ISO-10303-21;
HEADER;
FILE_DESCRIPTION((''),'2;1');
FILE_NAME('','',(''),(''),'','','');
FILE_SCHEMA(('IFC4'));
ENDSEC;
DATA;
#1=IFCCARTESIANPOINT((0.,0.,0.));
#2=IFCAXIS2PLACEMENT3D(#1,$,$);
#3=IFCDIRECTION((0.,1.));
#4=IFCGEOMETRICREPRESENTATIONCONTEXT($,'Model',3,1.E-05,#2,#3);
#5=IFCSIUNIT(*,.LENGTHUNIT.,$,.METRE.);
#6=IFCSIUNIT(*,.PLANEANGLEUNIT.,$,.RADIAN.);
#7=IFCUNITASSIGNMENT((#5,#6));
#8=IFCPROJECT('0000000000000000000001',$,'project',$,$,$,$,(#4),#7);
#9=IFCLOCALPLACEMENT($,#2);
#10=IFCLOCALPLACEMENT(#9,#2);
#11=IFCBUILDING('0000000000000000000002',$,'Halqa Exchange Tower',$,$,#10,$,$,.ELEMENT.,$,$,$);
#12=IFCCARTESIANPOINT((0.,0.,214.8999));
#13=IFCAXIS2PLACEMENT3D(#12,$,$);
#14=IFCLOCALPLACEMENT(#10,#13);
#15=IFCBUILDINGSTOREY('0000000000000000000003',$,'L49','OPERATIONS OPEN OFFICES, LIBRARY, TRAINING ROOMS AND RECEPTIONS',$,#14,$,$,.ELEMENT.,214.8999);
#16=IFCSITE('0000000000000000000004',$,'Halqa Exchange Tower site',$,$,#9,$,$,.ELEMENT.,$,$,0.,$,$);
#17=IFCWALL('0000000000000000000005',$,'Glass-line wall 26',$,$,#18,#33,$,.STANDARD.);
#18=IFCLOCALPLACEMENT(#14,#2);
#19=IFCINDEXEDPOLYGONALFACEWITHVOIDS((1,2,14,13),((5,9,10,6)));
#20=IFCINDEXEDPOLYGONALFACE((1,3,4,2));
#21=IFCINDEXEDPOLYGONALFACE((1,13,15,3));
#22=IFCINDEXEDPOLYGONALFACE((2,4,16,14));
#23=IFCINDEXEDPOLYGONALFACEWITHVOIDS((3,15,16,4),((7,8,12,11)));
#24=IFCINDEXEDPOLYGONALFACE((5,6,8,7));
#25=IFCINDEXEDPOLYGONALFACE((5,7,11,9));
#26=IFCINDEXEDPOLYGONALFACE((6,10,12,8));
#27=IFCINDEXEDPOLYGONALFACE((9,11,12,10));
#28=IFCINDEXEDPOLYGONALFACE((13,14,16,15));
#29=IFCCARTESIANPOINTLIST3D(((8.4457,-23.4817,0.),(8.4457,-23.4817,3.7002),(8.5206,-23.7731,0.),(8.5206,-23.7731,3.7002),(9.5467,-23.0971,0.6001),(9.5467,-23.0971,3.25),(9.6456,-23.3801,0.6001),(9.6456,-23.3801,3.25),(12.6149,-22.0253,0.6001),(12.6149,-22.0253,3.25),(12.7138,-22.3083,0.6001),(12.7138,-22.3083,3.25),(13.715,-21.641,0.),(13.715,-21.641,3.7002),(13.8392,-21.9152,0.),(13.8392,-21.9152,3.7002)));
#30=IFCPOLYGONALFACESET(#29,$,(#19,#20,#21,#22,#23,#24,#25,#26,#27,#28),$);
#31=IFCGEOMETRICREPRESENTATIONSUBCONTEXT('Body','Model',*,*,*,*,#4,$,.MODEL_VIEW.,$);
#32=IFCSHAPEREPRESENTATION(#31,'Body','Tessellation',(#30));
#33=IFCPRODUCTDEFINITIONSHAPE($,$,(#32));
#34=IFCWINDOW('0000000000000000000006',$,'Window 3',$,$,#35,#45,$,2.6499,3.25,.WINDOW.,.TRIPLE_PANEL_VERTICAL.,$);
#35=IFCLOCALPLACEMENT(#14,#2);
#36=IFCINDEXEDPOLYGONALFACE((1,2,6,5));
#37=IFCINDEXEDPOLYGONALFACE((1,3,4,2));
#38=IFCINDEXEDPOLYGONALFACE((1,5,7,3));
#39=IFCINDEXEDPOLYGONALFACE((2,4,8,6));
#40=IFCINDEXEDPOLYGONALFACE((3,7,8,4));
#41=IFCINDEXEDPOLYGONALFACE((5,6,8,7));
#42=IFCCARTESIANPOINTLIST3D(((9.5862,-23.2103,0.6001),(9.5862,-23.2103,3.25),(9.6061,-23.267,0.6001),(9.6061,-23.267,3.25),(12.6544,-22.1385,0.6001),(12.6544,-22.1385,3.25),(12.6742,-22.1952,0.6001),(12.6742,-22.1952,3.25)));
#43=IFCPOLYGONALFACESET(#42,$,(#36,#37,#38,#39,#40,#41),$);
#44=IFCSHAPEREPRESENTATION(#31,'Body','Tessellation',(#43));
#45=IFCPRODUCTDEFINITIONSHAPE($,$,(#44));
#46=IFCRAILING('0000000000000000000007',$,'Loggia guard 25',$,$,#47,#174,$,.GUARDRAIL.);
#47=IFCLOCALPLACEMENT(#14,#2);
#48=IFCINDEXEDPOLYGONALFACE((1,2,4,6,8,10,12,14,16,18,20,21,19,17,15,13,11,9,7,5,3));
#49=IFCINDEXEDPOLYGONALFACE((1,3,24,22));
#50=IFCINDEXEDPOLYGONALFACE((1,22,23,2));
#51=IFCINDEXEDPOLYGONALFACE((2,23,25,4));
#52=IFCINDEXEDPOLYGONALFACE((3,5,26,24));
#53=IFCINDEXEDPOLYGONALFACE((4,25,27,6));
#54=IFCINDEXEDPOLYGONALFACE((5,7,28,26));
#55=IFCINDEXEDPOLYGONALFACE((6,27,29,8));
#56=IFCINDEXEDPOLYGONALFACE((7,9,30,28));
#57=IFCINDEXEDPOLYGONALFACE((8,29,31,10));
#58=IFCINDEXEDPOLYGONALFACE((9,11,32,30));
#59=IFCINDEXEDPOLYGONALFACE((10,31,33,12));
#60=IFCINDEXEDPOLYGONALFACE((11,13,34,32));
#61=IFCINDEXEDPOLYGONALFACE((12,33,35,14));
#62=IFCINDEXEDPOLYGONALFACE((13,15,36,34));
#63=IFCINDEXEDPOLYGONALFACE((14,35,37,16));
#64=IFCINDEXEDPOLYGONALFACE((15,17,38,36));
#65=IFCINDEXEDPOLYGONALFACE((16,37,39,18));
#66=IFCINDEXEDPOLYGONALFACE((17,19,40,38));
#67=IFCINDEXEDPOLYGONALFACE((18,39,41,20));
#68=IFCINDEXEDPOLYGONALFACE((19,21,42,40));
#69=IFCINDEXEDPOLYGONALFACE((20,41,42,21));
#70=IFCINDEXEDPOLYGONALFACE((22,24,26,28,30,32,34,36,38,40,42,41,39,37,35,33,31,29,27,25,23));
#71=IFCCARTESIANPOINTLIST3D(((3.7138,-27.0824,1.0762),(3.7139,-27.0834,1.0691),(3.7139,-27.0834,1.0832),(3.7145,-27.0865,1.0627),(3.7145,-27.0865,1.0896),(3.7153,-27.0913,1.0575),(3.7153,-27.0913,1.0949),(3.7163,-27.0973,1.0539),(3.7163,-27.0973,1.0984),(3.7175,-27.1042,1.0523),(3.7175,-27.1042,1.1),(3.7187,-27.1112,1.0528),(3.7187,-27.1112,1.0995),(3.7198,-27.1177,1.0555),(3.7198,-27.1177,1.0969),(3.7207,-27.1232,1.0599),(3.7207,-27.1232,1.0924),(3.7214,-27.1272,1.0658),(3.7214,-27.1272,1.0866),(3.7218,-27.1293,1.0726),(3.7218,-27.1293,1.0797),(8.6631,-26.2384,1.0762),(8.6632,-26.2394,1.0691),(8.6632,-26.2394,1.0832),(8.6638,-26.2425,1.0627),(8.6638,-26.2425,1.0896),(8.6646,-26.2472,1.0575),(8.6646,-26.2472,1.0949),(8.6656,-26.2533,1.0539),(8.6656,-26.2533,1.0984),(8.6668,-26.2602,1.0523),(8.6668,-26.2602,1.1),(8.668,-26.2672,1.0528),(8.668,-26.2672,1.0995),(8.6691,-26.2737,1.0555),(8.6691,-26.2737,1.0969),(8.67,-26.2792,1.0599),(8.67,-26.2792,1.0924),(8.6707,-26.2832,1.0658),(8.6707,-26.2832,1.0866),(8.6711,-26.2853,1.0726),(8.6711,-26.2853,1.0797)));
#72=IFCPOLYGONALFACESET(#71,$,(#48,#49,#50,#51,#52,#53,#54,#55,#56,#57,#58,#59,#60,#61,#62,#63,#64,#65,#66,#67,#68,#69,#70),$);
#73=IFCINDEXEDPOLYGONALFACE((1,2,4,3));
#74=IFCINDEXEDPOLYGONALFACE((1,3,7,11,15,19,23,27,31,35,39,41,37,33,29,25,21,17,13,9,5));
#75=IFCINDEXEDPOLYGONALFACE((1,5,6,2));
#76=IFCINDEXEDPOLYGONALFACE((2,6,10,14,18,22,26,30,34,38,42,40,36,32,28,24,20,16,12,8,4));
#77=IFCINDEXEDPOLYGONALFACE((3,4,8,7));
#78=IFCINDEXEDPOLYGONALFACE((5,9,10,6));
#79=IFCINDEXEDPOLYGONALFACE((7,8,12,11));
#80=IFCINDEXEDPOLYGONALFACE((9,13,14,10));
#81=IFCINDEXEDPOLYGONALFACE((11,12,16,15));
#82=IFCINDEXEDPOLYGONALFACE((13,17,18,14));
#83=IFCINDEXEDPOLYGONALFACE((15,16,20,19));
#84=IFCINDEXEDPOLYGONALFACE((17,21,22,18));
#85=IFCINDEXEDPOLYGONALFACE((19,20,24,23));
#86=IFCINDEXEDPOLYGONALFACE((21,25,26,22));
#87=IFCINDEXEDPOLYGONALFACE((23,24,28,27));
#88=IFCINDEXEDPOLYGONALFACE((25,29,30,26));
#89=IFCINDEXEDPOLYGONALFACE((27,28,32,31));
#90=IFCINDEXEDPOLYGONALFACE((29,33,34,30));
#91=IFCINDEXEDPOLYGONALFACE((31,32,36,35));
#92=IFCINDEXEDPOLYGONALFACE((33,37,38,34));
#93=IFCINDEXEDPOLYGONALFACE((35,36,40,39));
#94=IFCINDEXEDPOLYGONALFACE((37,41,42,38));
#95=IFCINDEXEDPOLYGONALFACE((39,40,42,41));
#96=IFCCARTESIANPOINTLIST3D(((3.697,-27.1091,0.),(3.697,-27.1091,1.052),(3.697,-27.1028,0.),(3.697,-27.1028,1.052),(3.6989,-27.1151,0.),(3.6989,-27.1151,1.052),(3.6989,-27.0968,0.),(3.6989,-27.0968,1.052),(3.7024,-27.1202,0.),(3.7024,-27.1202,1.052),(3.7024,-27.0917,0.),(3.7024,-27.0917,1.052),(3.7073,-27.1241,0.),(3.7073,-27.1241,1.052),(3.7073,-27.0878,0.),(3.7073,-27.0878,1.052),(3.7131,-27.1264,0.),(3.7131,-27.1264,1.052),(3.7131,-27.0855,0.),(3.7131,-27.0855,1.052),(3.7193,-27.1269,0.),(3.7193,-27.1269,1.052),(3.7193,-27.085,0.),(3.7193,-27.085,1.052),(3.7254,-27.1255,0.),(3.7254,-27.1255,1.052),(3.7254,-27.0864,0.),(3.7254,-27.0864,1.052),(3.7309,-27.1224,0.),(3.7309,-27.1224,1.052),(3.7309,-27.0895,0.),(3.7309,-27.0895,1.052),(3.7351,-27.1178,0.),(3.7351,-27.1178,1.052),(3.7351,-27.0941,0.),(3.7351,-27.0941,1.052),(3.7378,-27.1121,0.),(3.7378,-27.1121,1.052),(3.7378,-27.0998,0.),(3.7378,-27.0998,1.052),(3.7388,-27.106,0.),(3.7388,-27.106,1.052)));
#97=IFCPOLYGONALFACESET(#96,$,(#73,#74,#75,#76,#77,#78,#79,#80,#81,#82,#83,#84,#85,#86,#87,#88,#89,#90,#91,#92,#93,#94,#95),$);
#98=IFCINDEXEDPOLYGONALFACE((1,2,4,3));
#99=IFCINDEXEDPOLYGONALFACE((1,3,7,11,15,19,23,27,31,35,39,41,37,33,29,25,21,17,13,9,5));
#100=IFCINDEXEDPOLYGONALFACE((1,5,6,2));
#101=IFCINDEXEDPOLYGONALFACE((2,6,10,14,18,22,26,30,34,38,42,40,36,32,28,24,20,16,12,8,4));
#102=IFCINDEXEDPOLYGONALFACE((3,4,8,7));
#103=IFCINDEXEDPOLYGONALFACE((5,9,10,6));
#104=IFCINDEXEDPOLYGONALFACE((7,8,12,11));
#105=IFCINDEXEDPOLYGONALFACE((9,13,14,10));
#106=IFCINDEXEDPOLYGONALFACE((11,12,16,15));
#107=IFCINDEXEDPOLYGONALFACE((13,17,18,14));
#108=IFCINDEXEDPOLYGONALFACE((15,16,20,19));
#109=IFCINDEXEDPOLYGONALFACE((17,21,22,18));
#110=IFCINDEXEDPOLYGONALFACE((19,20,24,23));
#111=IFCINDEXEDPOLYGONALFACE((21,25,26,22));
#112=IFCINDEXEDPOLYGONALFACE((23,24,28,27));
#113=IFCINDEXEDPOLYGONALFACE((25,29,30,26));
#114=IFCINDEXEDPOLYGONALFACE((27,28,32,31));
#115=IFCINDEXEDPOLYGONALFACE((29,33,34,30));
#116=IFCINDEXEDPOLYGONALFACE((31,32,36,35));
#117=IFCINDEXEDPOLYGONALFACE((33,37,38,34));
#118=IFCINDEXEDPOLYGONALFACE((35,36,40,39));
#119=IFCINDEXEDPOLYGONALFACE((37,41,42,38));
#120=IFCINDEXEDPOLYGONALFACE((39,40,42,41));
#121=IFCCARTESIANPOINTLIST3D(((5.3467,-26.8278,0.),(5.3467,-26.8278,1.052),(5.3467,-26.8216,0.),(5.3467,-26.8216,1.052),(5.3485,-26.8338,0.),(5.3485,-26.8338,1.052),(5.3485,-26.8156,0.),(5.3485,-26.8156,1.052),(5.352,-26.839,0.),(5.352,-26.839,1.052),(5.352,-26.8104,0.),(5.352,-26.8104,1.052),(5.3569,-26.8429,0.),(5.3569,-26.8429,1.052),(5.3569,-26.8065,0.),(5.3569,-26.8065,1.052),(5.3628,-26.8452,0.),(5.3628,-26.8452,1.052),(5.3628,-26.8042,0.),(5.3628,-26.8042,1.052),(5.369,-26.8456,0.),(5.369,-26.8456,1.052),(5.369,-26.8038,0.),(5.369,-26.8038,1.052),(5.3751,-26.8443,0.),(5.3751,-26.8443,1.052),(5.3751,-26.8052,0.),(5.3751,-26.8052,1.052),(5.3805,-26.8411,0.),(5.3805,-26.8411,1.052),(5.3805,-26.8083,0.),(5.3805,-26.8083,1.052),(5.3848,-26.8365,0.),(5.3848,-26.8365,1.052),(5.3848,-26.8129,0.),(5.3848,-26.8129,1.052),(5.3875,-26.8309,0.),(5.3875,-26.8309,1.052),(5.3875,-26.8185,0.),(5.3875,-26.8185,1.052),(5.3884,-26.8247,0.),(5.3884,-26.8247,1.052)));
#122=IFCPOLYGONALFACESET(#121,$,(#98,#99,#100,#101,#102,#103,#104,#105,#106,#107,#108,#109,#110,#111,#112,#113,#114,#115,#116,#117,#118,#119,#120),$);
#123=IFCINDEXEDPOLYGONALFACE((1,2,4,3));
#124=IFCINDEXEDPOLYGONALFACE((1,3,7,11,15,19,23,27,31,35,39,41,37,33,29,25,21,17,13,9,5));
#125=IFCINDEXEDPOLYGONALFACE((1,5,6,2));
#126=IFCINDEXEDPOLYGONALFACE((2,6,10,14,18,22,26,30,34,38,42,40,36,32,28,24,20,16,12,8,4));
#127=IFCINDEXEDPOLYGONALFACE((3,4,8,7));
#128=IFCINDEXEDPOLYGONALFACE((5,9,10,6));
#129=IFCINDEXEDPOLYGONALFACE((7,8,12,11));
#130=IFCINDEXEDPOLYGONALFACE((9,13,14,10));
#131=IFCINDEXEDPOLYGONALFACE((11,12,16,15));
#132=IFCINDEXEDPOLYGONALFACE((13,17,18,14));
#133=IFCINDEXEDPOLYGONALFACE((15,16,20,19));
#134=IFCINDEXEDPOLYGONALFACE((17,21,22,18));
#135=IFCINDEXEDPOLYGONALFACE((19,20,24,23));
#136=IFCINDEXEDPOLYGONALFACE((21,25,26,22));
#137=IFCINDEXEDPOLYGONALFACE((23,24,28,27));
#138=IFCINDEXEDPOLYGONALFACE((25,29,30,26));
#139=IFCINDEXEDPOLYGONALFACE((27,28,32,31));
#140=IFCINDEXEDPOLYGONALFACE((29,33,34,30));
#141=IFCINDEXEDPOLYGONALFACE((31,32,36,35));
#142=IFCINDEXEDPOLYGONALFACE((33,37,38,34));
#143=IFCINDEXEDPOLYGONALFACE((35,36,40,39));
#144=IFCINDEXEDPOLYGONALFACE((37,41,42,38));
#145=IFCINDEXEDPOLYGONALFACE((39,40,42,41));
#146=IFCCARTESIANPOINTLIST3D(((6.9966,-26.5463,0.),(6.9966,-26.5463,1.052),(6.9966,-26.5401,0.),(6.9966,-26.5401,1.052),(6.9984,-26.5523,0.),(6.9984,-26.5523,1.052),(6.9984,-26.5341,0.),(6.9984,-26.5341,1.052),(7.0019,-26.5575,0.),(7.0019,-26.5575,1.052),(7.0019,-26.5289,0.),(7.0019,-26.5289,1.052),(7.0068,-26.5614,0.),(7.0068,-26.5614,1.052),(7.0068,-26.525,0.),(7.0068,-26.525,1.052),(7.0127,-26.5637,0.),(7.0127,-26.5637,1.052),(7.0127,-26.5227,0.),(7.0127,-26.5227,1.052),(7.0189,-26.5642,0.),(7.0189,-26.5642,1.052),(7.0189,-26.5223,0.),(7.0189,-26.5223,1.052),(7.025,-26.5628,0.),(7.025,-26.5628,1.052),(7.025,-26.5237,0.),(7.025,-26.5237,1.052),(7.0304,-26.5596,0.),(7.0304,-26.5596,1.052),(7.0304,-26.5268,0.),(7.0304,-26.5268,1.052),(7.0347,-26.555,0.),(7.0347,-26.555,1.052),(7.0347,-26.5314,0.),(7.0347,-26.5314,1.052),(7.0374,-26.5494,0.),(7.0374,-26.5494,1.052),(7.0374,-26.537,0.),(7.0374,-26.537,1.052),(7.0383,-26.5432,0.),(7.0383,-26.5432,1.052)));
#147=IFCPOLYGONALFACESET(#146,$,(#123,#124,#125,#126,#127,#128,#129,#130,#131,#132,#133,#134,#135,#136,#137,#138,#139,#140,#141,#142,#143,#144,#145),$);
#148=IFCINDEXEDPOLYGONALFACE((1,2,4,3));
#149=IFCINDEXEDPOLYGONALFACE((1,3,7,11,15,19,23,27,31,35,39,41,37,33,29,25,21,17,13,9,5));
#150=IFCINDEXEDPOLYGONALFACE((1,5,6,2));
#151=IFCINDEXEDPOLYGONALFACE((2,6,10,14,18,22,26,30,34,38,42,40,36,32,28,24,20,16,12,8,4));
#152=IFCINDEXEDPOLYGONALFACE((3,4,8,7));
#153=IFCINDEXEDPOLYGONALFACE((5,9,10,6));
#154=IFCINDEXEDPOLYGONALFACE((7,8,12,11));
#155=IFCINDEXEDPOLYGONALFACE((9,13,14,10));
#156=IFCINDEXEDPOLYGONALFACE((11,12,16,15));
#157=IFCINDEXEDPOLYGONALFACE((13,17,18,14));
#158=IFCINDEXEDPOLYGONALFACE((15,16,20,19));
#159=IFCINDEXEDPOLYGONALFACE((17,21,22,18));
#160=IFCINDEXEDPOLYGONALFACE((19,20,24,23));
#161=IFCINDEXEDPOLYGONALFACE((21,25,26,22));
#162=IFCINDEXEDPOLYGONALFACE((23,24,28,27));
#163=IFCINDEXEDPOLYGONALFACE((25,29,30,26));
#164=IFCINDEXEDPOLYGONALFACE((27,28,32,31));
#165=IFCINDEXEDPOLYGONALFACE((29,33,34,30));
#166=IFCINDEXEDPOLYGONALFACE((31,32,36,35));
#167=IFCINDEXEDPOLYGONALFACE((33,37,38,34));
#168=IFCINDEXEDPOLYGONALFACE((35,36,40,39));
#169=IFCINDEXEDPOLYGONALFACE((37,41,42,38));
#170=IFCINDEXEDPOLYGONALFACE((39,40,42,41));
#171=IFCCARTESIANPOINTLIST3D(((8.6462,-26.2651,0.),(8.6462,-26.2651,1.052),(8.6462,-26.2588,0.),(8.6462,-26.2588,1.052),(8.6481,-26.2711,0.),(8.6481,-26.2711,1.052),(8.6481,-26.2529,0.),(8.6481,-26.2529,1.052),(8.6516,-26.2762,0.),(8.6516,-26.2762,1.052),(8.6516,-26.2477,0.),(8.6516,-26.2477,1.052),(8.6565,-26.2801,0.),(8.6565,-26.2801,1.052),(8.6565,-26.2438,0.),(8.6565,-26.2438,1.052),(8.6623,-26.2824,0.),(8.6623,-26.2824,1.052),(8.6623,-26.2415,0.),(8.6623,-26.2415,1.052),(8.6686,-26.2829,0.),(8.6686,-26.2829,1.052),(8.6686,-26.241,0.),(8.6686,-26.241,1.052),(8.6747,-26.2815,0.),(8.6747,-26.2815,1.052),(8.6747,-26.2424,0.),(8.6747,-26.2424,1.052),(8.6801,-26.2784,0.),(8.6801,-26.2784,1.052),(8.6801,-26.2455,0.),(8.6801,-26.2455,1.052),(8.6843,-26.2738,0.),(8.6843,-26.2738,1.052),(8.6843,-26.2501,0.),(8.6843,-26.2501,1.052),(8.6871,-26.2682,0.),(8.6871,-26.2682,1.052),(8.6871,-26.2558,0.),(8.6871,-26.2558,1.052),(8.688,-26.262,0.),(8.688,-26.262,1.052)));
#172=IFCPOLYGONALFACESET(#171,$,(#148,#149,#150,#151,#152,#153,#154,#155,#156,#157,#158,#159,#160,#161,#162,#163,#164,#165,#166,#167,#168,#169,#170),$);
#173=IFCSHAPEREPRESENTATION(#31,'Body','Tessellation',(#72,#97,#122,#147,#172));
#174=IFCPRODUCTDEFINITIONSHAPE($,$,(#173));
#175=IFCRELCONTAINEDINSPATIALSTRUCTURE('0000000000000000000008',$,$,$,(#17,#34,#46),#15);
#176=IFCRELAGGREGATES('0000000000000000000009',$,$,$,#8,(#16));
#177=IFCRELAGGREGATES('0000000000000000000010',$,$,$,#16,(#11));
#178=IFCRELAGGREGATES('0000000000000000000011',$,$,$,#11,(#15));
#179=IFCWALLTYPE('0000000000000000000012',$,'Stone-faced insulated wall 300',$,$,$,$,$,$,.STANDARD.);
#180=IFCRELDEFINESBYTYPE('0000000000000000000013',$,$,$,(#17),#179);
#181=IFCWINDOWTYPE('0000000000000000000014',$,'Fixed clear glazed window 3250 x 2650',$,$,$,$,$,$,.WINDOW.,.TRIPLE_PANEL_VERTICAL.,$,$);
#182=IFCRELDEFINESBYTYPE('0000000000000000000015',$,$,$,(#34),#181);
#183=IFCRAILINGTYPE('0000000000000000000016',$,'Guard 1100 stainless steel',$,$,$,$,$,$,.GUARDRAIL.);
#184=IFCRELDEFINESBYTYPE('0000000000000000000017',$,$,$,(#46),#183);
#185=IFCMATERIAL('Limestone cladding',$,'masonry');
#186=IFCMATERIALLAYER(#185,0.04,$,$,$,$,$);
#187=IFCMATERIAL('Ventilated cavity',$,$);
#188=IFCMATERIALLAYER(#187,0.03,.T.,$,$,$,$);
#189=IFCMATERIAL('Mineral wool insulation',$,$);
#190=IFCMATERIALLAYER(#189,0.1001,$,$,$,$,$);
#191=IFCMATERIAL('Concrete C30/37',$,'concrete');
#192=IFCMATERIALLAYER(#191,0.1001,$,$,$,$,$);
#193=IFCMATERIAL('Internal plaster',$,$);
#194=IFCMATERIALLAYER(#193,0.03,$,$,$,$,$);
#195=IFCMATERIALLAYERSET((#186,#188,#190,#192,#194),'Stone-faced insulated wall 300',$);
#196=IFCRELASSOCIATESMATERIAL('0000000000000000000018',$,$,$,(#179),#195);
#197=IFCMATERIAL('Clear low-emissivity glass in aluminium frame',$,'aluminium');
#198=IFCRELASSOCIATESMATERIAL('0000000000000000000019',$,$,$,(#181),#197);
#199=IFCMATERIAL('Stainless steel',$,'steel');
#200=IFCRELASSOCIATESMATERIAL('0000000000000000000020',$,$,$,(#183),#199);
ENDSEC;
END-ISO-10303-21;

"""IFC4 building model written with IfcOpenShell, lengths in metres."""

from ifc_helpers import new_model, si_unit, direction, frame, frame_2d, origin, origin_2d, place, context, subcontext, project, spatial, polyline, rectangle, circle, outline, extrude, material, layer, layer_set, type_object, element, fill, save


model = new_model("IFC4")

# Units and contexts
model_context = context("Model", 3, precision=1e-05, world=origin(), true_north=direction((0.0, 1.0)))
body_context = subcontext(model_context, "Body", "Model", "MODEL_VIEW")
ifc_project = project(units=[si_unit("LENGTHUNIT", "METRE"), si_unit("PLANEANGLEUNIT", "RADIAN")], contexts=[model_context])

# Site, building, storey
site_placement = place(None, origin())
site = spatial("IfcSite", under=ifc_project, at=site_placement, Name="Halqa Exchange Tower site", CompositionType="ELEMENT", RefElevation=0.0)
building_placement = place(site_placement, origin())
building = spatial("IfcBuilding", under=site, at=building_placement, Name="Halqa Exchange Tower", CompositionType="ELEMENT")
storey_placement = place(building_placement, frame((0.0, 0.0, 214.8999)))
storey = spatial("IfcBuildingStorey", under=building, at=storey_placement, Name="L49", Description="OPERATIONS OPEN OFFICES, LIBRARY, TRAINING ROOMS AND RECEPTIONS", CompositionType="ELEMENT", Elevation=214.8999)

# Shared definitions
ifc_material_1 = material(Name="Concrete C30/37", Category="concrete")

# Wall, opening, window
ifc_material_2 = material(Name="Limestone cladding", Category="masonry")
ifc_layer_1 = layer(ifc_material_2, 0.04)
ifc_material_3 = material(Name="Ventilated cavity")
ifc_layer_2 = layer(ifc_material_3, 0.03, ventilated=True)
ifc_material_4 = material(Name="Mineral wool insulation")
ifc_layer_3 = layer(ifc_material_4, 0.1001)
ifc_layer_4 = layer(ifc_material_1, 0.1001)
ifc_material_5 = material(Name="Internal plaster")
ifc_layer_5 = layer(ifc_material_5, 0.03)
ifc_layer_set_1 = layer_set([ifc_layer_1, ifc_layer_2, ifc_layer_3, ifc_layer_4, ifc_layer_5], Name="Stone-faced insulated wall 300")
wall_type_1 = type_object("IfcWallType", Name="Stone-faced insulated wall 300", PredefinedType="STANDARD", material=ifc_layer_set_1)
ifc_material_6 = material(Name="Clear low-emissivity glass in aluminium frame", Category="aluminium")
window_type = type_object("IfcWindowType", Name="Fixed clear glazed window 3250 x 2650", PartitioningType="TRIPLE_PANEL_VERTICAL", PredefinedType="WINDOW", material=ifc_material_6)
wall_1_placement = place(storey_placement, frame((8.4832, -23.6274, 0.0), z_axis=(0.0, 0.0, 1.0), x_axis=(0.944054, 0.329792, 0.0)))
wall_1 = element("IfcWall", 1, at=wall_1_placement, inside=storey, type_object=wall_type_1, Name="Glass-line wall 26", PredefinedType="STANDARD", context=body_context, shape_type="SweptSolid", body=[
    extrude(outline(polyline([(-0.0127, -0.1499), (5.6211, -0.1499), (5.5942, 0.1499), (0.0127, 0.1499), (-0.0127, -0.1499)])), origin(), (0.0, 0.0, 1.0), 3.7002),
])
opening_1_placement = place(wall_1_placement, frame((1.179, 0.0, 0.6001)))
opening_1 = element("IfcOpeningElement", 2, at=opening_1_placement, cuts=wall_1, PredefinedType="OPENING", context=body_context, shape_type="SweptSolid", body=[
    extrude(rectangle(XDim=3.25, YDim=2.6499, at=frame_2d((1.625, 1.325))), frame((0.0, 0.1621, 0.0), z_axis=(0.0, -1.0, 0.0), x_axis=(1.0, 0.0, 0.0)), (0.0, 0.0, 1.0), 0.324),
])
window_1_placement = place(opening_1_placement, origin())
window_1 = element("IfcWindow", 3, at=window_1_placement, inside=storey, type_object=window_type, Name="Window 3", OverallHeight=2.6499, OverallWidth=3.25, PartitioningType="TRIPLE_PANEL_VERTICAL", PredefinedType="WINDOW", context=body_context, shape_type="SweptSolid", body=[
    extrude(rectangle(XDim=3.25, YDim=2.6499, at=frame_2d((1.625, 1.325))), frame((0.0, 0.03, 0.0), z_axis=(0.0, -1.0, 0.0), x_axis=(1.0, 0.0, 0.0)), (0.0, 0.0, 1.0), 0.0601),
])
fill(opening_1, window_1)

# Railing
ifc_material_7 = material(Name="Stainless steel", Category="steel")
railing_type = type_object("IfcRailingType", Name="Guard 1100 stainless steel", PredefinedType="GUARDRAIL", material=ifc_material_7)
railing_1_placement = place(storey_placement, frame((3.7178, -27.106, 0.0)))
element("IfcRailing", 4, at=railing_1_placement, inside=storey, type_object=railing_type, Name="Loggia guard 25", PredefinedType="GUARDRAIL", context=body_context, shape_type="SweptSolid", body=[
    extrude(circle(Radius=0.0239, at=origin_2d()), frame((0.0, 0.0, 1.0762), z_axis=(0.985769, 0.168104, 0.0), x_axis=(-0.168104, 0.985769, 0.0)), (0.0, 0.0, 1.0), 5.0208),
    extrude(circle(Radius=0.021, at=origin_2d()), origin(), (0.0, 0.0, 1.0), 1.052),
    extrude(circle(Radius=0.021, at=origin_2d()), frame((1.6497, 0.2812, 0.0)), (0.0, 0.0, 1.0), 1.052),
    extrude(circle(Radius=0.021, at=origin_2d()), frame((3.2996, 0.5627, 0.0)), (0.0, 0.0, 1.0), 1.052),
    extrude(circle(Radius=0.021, at=origin_2d()), frame((4.9492, 0.844, 0.0)), (0.0, 0.0, 1.0), 1.052),
])

save(model, "model.ifc")
